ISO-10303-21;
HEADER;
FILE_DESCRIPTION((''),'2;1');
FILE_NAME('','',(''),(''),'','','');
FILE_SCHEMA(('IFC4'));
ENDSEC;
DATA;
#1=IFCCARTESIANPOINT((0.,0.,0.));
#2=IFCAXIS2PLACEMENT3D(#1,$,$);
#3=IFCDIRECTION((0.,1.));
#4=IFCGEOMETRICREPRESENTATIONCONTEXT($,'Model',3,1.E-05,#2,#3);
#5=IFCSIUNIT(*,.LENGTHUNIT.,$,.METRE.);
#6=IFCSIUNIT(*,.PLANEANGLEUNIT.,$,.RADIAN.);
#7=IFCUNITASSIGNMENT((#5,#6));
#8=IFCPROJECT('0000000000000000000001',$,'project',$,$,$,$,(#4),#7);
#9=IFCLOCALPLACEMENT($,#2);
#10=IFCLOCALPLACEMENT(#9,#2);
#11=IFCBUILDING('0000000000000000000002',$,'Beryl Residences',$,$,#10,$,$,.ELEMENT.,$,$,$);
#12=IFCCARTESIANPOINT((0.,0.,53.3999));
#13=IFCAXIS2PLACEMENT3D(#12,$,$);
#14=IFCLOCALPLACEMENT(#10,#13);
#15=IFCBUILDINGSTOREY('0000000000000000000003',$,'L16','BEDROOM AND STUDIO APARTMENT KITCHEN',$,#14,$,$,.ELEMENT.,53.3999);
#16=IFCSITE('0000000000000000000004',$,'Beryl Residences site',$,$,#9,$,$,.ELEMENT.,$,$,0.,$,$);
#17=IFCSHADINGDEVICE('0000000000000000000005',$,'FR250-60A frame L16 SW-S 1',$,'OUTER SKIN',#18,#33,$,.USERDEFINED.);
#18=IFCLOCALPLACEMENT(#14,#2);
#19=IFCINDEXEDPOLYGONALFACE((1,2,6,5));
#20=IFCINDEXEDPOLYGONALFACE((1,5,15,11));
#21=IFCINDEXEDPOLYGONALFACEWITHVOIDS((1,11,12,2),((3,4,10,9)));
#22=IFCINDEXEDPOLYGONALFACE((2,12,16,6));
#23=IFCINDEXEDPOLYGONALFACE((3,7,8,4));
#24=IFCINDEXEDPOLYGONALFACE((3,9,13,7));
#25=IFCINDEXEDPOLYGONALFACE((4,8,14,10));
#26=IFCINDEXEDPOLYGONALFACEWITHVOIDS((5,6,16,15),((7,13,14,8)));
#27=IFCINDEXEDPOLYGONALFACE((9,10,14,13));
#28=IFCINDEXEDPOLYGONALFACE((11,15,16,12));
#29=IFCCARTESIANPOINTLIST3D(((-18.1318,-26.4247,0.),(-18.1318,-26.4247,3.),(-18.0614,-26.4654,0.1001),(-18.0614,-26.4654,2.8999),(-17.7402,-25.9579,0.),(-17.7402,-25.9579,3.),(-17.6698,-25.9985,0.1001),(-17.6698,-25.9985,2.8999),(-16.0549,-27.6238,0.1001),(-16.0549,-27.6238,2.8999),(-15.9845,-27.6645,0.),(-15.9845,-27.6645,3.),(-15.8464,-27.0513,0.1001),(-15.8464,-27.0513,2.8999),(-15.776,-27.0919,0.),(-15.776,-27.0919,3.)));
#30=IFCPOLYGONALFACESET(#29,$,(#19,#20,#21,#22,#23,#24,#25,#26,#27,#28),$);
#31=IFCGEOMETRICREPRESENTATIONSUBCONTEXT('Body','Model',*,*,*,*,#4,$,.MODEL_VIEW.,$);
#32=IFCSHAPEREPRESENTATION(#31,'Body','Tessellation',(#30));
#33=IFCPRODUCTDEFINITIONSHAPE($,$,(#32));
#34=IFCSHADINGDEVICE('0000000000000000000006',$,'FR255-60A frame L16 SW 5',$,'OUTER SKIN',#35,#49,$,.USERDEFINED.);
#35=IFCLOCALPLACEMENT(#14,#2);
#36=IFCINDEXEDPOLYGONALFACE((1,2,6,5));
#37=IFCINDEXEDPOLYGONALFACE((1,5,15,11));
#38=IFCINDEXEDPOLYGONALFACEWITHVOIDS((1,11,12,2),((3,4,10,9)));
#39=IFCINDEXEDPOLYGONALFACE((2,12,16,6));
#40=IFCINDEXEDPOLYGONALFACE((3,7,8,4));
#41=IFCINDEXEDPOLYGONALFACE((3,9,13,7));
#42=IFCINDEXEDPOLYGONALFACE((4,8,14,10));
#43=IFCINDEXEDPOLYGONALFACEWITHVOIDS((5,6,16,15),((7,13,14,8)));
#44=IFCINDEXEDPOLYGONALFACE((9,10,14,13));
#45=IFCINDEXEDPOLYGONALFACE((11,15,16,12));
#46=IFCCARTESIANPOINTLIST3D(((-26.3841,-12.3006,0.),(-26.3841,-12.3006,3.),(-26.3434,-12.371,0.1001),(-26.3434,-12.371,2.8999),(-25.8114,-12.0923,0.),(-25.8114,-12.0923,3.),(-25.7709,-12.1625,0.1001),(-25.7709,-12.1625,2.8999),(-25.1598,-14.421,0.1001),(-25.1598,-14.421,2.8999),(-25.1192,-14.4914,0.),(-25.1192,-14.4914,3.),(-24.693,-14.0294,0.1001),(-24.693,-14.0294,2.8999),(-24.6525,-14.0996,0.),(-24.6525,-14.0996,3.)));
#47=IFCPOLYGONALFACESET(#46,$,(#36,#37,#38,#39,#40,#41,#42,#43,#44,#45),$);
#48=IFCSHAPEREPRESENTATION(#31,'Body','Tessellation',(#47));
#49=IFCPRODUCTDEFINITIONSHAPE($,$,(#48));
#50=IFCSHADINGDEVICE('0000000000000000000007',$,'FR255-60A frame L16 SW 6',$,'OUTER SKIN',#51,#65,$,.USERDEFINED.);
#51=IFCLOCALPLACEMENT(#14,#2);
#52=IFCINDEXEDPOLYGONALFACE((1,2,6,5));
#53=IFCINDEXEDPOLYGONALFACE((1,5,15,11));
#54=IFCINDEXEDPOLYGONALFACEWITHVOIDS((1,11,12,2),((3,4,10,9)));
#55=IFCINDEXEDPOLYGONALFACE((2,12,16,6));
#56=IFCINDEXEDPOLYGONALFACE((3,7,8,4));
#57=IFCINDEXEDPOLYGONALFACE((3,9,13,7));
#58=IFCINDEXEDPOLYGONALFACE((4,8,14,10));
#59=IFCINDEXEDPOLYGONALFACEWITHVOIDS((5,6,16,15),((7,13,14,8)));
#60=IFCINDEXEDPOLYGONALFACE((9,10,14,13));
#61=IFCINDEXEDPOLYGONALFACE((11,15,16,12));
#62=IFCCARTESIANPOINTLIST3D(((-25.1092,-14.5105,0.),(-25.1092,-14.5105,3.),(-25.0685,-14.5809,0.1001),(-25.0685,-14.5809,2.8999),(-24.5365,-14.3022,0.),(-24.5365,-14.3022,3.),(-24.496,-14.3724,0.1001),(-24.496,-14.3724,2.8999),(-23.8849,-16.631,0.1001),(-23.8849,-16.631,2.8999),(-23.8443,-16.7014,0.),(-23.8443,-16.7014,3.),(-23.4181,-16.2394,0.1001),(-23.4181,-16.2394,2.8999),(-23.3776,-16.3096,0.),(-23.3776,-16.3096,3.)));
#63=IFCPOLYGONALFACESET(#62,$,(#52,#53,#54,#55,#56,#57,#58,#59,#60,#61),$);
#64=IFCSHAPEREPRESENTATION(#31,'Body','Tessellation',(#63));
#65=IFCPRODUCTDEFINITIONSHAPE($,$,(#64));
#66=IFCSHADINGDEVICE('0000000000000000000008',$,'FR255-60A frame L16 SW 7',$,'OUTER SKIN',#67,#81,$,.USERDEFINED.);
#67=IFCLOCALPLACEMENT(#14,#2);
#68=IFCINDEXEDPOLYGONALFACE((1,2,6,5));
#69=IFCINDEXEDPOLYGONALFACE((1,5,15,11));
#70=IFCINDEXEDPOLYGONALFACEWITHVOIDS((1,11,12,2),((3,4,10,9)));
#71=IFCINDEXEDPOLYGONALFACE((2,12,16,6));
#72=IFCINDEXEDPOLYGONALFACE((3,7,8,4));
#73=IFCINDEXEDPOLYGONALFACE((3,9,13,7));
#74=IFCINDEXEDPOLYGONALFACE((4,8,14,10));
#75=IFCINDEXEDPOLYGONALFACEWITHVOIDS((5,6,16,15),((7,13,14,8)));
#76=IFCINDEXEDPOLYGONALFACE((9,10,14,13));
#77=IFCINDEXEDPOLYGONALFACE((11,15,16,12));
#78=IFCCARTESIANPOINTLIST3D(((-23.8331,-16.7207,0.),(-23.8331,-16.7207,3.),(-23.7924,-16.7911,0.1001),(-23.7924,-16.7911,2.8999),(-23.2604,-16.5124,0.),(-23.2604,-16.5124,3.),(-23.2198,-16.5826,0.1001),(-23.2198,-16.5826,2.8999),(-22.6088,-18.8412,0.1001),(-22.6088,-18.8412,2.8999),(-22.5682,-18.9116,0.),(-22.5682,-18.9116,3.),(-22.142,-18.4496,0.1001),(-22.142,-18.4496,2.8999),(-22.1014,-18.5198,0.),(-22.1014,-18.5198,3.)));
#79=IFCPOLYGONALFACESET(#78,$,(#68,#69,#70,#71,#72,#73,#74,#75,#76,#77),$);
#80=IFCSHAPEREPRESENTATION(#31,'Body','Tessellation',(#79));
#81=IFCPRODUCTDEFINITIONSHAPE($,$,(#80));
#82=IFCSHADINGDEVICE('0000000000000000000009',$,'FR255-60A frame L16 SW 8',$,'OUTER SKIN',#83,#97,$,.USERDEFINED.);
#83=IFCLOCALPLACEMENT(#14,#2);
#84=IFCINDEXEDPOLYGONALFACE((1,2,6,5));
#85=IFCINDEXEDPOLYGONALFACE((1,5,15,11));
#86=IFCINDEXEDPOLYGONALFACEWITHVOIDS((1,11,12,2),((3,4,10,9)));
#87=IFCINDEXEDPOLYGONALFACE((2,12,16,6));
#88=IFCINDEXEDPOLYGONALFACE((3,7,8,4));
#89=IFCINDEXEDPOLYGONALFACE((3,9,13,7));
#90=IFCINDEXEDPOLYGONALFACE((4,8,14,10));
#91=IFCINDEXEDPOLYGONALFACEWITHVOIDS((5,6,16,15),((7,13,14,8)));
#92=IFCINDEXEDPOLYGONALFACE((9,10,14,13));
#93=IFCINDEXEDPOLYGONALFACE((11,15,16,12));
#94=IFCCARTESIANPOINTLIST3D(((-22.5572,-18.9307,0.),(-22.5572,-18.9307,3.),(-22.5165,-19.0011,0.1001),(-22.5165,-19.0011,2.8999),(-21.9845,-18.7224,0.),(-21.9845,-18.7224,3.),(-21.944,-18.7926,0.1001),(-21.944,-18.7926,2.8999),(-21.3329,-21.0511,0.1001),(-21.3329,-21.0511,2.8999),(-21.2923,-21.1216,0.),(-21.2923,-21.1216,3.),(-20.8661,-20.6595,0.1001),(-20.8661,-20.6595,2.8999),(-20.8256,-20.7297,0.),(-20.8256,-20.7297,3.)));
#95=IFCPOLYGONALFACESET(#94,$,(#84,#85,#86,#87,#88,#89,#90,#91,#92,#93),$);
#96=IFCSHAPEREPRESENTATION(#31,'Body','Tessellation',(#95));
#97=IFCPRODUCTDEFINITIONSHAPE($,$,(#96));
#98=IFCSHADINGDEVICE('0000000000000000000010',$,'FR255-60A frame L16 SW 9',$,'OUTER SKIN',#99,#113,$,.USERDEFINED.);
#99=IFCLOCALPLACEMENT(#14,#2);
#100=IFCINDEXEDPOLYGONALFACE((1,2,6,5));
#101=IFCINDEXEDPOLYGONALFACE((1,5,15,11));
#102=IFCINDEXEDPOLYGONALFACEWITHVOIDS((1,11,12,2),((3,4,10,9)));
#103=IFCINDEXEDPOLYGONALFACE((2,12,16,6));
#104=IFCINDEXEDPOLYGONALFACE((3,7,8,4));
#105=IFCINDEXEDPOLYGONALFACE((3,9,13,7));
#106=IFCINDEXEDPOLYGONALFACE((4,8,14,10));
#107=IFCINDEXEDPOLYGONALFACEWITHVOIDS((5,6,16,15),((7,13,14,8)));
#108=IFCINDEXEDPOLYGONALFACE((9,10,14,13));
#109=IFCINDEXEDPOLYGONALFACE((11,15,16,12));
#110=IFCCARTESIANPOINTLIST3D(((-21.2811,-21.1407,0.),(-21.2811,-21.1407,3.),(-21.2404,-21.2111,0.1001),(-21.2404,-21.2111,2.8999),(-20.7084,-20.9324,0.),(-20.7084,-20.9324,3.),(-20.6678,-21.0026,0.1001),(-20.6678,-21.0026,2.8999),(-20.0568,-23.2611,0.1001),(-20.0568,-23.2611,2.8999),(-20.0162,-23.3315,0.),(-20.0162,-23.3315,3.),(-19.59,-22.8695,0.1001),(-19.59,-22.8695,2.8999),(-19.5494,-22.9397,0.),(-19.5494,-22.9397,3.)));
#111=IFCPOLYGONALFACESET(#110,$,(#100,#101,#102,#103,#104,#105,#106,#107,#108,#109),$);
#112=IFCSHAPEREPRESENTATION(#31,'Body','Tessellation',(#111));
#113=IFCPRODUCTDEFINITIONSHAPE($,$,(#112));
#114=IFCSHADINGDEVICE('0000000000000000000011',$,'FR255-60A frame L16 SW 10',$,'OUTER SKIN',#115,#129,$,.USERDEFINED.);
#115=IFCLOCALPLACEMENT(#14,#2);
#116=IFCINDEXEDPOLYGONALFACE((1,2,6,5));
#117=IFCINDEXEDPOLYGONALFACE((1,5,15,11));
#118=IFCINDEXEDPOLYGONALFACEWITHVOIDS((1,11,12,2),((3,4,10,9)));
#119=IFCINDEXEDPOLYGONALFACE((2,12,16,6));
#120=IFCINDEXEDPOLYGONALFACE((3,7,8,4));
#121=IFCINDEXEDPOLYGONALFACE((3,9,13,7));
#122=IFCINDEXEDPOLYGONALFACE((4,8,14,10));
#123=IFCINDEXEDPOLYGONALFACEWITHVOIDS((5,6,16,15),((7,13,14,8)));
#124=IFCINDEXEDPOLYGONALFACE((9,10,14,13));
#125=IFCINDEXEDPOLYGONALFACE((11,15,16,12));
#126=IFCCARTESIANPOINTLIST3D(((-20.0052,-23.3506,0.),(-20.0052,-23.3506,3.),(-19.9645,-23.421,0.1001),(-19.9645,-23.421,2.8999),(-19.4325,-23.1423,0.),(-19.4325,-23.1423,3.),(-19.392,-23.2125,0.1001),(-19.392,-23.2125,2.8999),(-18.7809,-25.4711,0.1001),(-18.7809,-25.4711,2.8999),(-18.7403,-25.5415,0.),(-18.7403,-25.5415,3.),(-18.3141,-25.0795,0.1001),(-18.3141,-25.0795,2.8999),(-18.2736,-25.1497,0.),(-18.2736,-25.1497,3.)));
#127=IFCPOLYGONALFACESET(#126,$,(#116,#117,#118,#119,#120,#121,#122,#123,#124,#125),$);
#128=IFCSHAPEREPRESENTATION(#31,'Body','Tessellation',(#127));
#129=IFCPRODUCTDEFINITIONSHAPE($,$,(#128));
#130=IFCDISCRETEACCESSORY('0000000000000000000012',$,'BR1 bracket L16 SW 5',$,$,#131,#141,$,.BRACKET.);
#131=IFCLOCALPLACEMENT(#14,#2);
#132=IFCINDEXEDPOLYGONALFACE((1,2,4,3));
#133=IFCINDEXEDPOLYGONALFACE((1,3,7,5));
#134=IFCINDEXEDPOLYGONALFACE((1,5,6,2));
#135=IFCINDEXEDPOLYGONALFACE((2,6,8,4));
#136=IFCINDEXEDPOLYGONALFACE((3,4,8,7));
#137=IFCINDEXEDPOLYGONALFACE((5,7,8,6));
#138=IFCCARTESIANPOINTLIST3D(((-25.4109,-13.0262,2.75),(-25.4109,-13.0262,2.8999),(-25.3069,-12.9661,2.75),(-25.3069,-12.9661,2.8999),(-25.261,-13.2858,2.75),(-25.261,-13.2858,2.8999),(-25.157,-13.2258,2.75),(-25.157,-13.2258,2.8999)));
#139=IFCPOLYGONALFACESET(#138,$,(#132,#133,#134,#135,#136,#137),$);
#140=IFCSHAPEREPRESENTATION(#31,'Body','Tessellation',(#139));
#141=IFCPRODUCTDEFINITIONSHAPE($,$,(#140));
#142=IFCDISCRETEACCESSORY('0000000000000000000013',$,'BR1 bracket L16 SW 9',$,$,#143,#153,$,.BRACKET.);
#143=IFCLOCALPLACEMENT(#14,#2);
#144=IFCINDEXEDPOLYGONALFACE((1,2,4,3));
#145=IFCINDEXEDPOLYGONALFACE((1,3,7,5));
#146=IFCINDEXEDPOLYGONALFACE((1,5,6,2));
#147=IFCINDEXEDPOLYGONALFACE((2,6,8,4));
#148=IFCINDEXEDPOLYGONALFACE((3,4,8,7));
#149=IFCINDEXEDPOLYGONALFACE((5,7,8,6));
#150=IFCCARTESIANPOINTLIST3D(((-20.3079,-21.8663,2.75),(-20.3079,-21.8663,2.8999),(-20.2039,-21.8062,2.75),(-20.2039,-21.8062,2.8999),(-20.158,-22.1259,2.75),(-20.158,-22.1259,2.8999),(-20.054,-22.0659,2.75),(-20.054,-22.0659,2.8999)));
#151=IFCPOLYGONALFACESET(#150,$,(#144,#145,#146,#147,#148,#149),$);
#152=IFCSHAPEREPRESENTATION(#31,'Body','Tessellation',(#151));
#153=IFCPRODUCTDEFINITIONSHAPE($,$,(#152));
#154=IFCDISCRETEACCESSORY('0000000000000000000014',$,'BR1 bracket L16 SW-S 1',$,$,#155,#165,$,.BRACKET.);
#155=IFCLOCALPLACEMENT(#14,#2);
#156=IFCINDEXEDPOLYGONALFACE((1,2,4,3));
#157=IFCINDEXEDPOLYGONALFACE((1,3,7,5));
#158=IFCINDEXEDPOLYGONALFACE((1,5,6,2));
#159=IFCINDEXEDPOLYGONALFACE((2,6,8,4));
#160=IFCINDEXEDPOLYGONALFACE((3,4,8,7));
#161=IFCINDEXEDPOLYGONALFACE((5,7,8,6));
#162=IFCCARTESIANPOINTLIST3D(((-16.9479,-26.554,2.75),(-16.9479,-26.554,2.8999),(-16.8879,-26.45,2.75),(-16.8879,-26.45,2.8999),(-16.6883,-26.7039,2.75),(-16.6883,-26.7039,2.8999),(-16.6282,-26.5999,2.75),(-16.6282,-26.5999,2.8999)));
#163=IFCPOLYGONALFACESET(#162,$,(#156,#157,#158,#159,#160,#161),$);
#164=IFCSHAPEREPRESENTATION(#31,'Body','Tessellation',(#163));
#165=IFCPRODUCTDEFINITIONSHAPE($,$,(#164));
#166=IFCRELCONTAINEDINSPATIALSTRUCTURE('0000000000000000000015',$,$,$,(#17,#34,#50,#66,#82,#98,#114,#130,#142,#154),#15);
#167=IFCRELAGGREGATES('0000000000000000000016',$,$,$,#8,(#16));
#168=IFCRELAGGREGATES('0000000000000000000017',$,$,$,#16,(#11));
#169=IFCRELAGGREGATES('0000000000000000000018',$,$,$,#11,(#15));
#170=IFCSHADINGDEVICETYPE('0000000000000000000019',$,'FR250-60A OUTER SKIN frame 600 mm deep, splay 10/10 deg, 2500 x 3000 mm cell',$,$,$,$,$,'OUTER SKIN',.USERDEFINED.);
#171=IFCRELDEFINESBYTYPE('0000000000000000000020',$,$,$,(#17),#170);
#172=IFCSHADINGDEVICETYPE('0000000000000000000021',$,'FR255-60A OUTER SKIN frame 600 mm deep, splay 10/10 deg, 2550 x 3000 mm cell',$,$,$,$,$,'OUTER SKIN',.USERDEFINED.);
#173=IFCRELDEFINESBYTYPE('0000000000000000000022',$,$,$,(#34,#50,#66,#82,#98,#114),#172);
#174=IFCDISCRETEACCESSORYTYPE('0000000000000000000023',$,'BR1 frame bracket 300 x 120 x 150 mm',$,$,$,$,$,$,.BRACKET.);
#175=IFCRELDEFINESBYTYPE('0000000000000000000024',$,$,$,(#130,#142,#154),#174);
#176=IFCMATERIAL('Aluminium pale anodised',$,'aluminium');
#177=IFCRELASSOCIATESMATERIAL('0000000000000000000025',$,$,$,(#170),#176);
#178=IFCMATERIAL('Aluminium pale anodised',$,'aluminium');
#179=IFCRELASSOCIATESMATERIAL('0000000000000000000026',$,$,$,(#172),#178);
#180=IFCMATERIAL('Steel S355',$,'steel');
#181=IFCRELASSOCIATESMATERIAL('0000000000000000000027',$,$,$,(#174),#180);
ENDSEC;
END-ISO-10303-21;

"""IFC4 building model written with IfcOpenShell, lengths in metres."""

from ifc_helpers import new_model, entity, si_unit, direction, frame, origin, place, context, subcontext, project, spatial, polyline, outline, extrude, source, transform, mapped, material, type_object, type_shapes, element, save


model = new_model("IFC4")

# Units and contexts
model_context = context("Model", 3, precision=1e-05, world=origin(), true_north=direction((0.0, 1.0)))
body_context = subcontext(model_context, "Body", "Model", "MODEL_VIEW")
ifc_project = project(units=[si_unit("LENGTHUNIT", "METRE"), si_unit("PLANEANGLEUNIT", "RADIAN")], contexts=[model_context])

# Site, building, storey
site_placement = place(None, origin())
site = spatial("IfcSite", under=ifc_project, at=site_placement, Name="Beryl Residences site", CompositionType="ELEMENT", RefElevation=0.0)
building_placement = place(site_placement, origin())
building = spatial("IfcBuilding", under=site, at=building_placement, Name="Beryl Residences", CompositionType="ELEMENT")
storey_placement = place(building_placement, frame((0.0, 0.0, 53.3999)))
storey = spatial("IfcBuildingStorey", under=building, at=storey_placement, Name="L16", Description="BEDROOM AND STUDIO APARTMENT KITCHEN", CompositionType="ELEMENT", Elevation=53.3999)

# Shading devices
ifc_material_1 = material(Name="Aluminium pale anodised", Category="aluminium")
shading_device_type_1 = type_object("IfcShadingDeviceType", Name="FR250-60A OUTER SKIN frame 600 mm deep, splay 10/10 deg, 2500 x 3000 mm cell", ElementType="OUTER SKIN", PredefinedType="USERDEFINED", material=ifc_material_1)
cartesian_point_1 = entity("IfcCartesianPoint", [-1.134, 0.0])
cartesian_point_2 = entity("IfcCartesianPoint", [-1.0527, 0.1001])
cartesian_point_3 = entity("IfcCartesianPoint", [-1.2397, 0.0])
cartesian_point_4 = entity("IfcCartesianPoint", [-1.1584, 0.1001])
shared_shape_1 = source(origin(), body_context, "Body", "SweptSolid", [
    entity("IfcExtrudedAreaSolidTapered", entity("IfcArbitraryProfileDefWithVoids", "AREA", None, entity("IfcPolyline", [cartesian_point_1, entity("IfcCartesianPoint", [1.134, 0.0]), entity("IfcCartesianPoint", [1.134, 3.0]), entity("IfcCartesianPoint", [-1.134, 3.0]), cartesian_point_1]), [entity("IfcPolyline", [cartesian_point_2, entity("IfcCartesianPoint", [1.0527, 0.1001]), entity("IfcCartesianPoint", [1.0527, 2.8999]), entity("IfcCartesianPoint", [-1.0527, 2.8999]), cartesian_point_2])]), entity("IfcAxis2Placement3D", entity("IfcCartesianPoint", [0.0, 0.0, 0.0]), entity("IfcDirection", [0.0, 1.0, 0.0]), entity("IfcDirection", [-1.0, 0.0, 0.0])), entity("IfcDirection", [0.0, 0.0, 1.0]), 0.6001, entity("IfcArbitraryProfileDefWithVoids", "AREA", None, entity("IfcPolyline", [cartesian_point_3, entity("IfcCartesianPoint", [1.2397, 0.0]), entity("IfcCartesianPoint", [1.2397, 3.0]), entity("IfcCartesianPoint", [-1.2397, 3.0]), cartesian_point_3]), [entity("IfcPolyline", [cartesian_point_4, entity("IfcCartesianPoint", [1.1584, 0.1001]), entity("IfcCartesianPoint", [1.1584, 2.8999]), entity("IfcCartesianPoint", [-1.1584, 2.8999]), cartesian_point_4])])),
])
type_shapes(shading_device_type_1, [shared_shape_1])
shading_device_placement = place(storey_placement, frame((-16.7581, -26.5249, 0.0), z_axis=(0.0, 0.0, 1.0), x_axis=(-0.866025, 0.5, 0.0)))
element("IfcShadingDevice", 1, at=shading_device_placement, inside=storey, type_object=shading_device_type_1, Name="FR250-60A frame L16 SW-S 1", ObjectType="OUTER SKIN", PredefinedType="USERDEFINED", context=body_context, shape_type="MappedRepresentation", body=[
    mapped(shared_shape_1, transform((0.0, 0.0, 0.0))),
])
ifc_material_2 = material(Name="Aluminium pale anodised", Category="aluminium")
shading_device_type_2 = type_object("IfcShadingDeviceType", Name="FR255-60A OUTER SKIN frame 600 mm deep, splay 10/10 deg, 2550 x 3000 mm cell", ElementType="OUTER SKIN", PredefinedType="USERDEFINED", material=ifc_material_2)
cartesian_point_5 = entity("IfcCartesianPoint", [-1.1589, 0.0])
cartesian_point_6 = entity("IfcCartesianPoint", [-1.0779, 0.1001])
cartesian_point_7 = entity("IfcCartesianPoint", [-1.2649, 0.0])
cartesian_point_8 = entity("IfcCartesianPoint", [-1.1836, 0.1001])
shared_shape_2 = source(origin(), body_context, "Body", "SweptSolid", [
    entity("IfcExtrudedAreaSolidTapered", entity("IfcArbitraryProfileDefWithVoids", "AREA", None, entity("IfcPolyline", [cartesian_point_5, entity("IfcCartesianPoint", [1.1589, 0.0]), entity("IfcCartesianPoint", [1.1589, 3.0]), entity("IfcCartesianPoint", [-1.1589, 3.0]), cartesian_point_5]), [entity("IfcPolyline", [cartesian_point_6, entity("IfcCartesianPoint", [1.0779, 0.1001]), entity("IfcCartesianPoint", [1.0779, 2.8999]), entity("IfcCartesianPoint", [-1.0779, 2.8999]), cartesian_point_6])]), entity("IfcAxis2Placement3D", entity("IfcCartesianPoint", [0.0, 0.0, 0.0]), entity("IfcDirection", [0.0, 1.0, 0.0]), entity("IfcDirection", [-1.0, 0.0, 0.0])), entity("IfcDirection", [0.0, 0.0, 1.0]), 0.6001, entity("IfcArbitraryProfileDefWithVoids", "AREA", None, entity("IfcPolyline", [cartesian_point_7, entity("IfcCartesianPoint", [1.2649, 0.0]), entity("IfcCartesianPoint", [1.2649, 3.0]), entity("IfcCartesianPoint", [-1.2649, 3.0]), cartesian_point_7]), [entity("IfcPolyline", [cartesian_point_8, entity("IfcCartesianPoint", [1.1836, 0.1001]), entity("IfcCartesianPoint", [1.1836, 2.8999]), entity("IfcCartesianPoint", [-1.1836, 2.8999]), cartesian_point_8])])),
])
type_shapes(shading_device_type_2, [shared_shape_2])
for number, where, z_axis, x_axis, name in (
    (2, (-25.2319, -13.0959, 0.0), (0.0, 0.0, 1.0), (-0.5, 0.866025, 0.0), "FR255-60A frame L16 SW 5"),
    (3, (-23.957, -15.3059, 0.0), (0.0, 0.0, 1.0), (-0.5, 0.866025, 0.0), "FR255-60A frame L16 SW 6"),
    (4, (-22.6809, -17.5161, 0.0), (0.0, 0.0, 1.0), (-0.5, 0.866025, 0.0), "FR255-60A frame L16 SW 7"),
    (5, (-21.405, -19.7261, 0.0), (0.0, 0.0, 1.0), (-0.5, 0.866025, 0.0), "FR255-60A frame L16 SW 8"),
    (6, (-20.1289, -21.936, 0.0), (0.0, 0.0, 1.0), (-0.5, 0.866025, 0.0), "FR255-60A frame L16 SW 9"),
    (7, (-18.853, -24.146, 0.0), (0.0, 0.0, 1.0), (-0.5, 0.866025, 0.0), "FR255-60A frame L16 SW 10"),
):
    element("IfcShadingDevice", number, at=place(storey_placement, frame(where, z_axis=z_axis, x_axis=x_axis)), inside=storey, type_object=shading_device_type_2, Name=name, ObjectType="OUTER SKIN", PredefinedType="USERDEFINED", context=body_context, shape_type="MappedRepresentation", body=[
        mapped(shared_shape_2, transform((0.0, 0.0, 0.0))),
    ])

# Discrete accessories
ifc_material_3 = material(Name="Steel S355", Category="steel")
discrete_accessory_type = type_object("IfcDiscreteAccessoryType", Name="BR1 frame bracket 300 x 120 x 150 mm", PredefinedType="BRACKET", material=ifc_material_3)
shared_shape_3 = source(origin(), body_context, "Body", "SweptSolid", [
    extrude(outline(polyline([(-0.1499, 0.0), (0.1499, 0.0), (0.1499, 0.1201), (-0.1499, 0.1201), (-0.1499, 0.0)])), origin(), (0.0, 0.0, 1.0), 0.1499),
])
type_shapes(discrete_accessory_type, [shared_shape_3])
for number, where, z_axis, x_axis, name in (
    (8, (-25.2319, -13.0959, 2.75), (0.0, 0.0, 1.0), (-0.5, 0.866025, 0.0), "BR1 bracket L16 SW 5"),
    (9, (-20.1289, -21.936, 2.75), (0.0, 0.0, 1.0), (-0.5, 0.866025, 0.0), "BR1 bracket L16 SW 9"),
    (10, (-16.7581, -26.5249, 2.75), (0.0, 0.0, 1.0), (-0.866025, 0.5, 0.0), "BR1 bracket L16 SW-S 1"),
):
    element("IfcDiscreteAccessory", number, at=place(storey_placement, frame(where, z_axis=z_axis, x_axis=x_axis)), inside=storey, type_object=discrete_accessory_type, Name=name, PredefinedType="BRACKET", context=body_context, shape_type="MappedRepresentation", body=[
        mapped(shared_shape_3, transform((0.0, 0.0, 0.0))),
    ])

save(model, "model.ifc")
